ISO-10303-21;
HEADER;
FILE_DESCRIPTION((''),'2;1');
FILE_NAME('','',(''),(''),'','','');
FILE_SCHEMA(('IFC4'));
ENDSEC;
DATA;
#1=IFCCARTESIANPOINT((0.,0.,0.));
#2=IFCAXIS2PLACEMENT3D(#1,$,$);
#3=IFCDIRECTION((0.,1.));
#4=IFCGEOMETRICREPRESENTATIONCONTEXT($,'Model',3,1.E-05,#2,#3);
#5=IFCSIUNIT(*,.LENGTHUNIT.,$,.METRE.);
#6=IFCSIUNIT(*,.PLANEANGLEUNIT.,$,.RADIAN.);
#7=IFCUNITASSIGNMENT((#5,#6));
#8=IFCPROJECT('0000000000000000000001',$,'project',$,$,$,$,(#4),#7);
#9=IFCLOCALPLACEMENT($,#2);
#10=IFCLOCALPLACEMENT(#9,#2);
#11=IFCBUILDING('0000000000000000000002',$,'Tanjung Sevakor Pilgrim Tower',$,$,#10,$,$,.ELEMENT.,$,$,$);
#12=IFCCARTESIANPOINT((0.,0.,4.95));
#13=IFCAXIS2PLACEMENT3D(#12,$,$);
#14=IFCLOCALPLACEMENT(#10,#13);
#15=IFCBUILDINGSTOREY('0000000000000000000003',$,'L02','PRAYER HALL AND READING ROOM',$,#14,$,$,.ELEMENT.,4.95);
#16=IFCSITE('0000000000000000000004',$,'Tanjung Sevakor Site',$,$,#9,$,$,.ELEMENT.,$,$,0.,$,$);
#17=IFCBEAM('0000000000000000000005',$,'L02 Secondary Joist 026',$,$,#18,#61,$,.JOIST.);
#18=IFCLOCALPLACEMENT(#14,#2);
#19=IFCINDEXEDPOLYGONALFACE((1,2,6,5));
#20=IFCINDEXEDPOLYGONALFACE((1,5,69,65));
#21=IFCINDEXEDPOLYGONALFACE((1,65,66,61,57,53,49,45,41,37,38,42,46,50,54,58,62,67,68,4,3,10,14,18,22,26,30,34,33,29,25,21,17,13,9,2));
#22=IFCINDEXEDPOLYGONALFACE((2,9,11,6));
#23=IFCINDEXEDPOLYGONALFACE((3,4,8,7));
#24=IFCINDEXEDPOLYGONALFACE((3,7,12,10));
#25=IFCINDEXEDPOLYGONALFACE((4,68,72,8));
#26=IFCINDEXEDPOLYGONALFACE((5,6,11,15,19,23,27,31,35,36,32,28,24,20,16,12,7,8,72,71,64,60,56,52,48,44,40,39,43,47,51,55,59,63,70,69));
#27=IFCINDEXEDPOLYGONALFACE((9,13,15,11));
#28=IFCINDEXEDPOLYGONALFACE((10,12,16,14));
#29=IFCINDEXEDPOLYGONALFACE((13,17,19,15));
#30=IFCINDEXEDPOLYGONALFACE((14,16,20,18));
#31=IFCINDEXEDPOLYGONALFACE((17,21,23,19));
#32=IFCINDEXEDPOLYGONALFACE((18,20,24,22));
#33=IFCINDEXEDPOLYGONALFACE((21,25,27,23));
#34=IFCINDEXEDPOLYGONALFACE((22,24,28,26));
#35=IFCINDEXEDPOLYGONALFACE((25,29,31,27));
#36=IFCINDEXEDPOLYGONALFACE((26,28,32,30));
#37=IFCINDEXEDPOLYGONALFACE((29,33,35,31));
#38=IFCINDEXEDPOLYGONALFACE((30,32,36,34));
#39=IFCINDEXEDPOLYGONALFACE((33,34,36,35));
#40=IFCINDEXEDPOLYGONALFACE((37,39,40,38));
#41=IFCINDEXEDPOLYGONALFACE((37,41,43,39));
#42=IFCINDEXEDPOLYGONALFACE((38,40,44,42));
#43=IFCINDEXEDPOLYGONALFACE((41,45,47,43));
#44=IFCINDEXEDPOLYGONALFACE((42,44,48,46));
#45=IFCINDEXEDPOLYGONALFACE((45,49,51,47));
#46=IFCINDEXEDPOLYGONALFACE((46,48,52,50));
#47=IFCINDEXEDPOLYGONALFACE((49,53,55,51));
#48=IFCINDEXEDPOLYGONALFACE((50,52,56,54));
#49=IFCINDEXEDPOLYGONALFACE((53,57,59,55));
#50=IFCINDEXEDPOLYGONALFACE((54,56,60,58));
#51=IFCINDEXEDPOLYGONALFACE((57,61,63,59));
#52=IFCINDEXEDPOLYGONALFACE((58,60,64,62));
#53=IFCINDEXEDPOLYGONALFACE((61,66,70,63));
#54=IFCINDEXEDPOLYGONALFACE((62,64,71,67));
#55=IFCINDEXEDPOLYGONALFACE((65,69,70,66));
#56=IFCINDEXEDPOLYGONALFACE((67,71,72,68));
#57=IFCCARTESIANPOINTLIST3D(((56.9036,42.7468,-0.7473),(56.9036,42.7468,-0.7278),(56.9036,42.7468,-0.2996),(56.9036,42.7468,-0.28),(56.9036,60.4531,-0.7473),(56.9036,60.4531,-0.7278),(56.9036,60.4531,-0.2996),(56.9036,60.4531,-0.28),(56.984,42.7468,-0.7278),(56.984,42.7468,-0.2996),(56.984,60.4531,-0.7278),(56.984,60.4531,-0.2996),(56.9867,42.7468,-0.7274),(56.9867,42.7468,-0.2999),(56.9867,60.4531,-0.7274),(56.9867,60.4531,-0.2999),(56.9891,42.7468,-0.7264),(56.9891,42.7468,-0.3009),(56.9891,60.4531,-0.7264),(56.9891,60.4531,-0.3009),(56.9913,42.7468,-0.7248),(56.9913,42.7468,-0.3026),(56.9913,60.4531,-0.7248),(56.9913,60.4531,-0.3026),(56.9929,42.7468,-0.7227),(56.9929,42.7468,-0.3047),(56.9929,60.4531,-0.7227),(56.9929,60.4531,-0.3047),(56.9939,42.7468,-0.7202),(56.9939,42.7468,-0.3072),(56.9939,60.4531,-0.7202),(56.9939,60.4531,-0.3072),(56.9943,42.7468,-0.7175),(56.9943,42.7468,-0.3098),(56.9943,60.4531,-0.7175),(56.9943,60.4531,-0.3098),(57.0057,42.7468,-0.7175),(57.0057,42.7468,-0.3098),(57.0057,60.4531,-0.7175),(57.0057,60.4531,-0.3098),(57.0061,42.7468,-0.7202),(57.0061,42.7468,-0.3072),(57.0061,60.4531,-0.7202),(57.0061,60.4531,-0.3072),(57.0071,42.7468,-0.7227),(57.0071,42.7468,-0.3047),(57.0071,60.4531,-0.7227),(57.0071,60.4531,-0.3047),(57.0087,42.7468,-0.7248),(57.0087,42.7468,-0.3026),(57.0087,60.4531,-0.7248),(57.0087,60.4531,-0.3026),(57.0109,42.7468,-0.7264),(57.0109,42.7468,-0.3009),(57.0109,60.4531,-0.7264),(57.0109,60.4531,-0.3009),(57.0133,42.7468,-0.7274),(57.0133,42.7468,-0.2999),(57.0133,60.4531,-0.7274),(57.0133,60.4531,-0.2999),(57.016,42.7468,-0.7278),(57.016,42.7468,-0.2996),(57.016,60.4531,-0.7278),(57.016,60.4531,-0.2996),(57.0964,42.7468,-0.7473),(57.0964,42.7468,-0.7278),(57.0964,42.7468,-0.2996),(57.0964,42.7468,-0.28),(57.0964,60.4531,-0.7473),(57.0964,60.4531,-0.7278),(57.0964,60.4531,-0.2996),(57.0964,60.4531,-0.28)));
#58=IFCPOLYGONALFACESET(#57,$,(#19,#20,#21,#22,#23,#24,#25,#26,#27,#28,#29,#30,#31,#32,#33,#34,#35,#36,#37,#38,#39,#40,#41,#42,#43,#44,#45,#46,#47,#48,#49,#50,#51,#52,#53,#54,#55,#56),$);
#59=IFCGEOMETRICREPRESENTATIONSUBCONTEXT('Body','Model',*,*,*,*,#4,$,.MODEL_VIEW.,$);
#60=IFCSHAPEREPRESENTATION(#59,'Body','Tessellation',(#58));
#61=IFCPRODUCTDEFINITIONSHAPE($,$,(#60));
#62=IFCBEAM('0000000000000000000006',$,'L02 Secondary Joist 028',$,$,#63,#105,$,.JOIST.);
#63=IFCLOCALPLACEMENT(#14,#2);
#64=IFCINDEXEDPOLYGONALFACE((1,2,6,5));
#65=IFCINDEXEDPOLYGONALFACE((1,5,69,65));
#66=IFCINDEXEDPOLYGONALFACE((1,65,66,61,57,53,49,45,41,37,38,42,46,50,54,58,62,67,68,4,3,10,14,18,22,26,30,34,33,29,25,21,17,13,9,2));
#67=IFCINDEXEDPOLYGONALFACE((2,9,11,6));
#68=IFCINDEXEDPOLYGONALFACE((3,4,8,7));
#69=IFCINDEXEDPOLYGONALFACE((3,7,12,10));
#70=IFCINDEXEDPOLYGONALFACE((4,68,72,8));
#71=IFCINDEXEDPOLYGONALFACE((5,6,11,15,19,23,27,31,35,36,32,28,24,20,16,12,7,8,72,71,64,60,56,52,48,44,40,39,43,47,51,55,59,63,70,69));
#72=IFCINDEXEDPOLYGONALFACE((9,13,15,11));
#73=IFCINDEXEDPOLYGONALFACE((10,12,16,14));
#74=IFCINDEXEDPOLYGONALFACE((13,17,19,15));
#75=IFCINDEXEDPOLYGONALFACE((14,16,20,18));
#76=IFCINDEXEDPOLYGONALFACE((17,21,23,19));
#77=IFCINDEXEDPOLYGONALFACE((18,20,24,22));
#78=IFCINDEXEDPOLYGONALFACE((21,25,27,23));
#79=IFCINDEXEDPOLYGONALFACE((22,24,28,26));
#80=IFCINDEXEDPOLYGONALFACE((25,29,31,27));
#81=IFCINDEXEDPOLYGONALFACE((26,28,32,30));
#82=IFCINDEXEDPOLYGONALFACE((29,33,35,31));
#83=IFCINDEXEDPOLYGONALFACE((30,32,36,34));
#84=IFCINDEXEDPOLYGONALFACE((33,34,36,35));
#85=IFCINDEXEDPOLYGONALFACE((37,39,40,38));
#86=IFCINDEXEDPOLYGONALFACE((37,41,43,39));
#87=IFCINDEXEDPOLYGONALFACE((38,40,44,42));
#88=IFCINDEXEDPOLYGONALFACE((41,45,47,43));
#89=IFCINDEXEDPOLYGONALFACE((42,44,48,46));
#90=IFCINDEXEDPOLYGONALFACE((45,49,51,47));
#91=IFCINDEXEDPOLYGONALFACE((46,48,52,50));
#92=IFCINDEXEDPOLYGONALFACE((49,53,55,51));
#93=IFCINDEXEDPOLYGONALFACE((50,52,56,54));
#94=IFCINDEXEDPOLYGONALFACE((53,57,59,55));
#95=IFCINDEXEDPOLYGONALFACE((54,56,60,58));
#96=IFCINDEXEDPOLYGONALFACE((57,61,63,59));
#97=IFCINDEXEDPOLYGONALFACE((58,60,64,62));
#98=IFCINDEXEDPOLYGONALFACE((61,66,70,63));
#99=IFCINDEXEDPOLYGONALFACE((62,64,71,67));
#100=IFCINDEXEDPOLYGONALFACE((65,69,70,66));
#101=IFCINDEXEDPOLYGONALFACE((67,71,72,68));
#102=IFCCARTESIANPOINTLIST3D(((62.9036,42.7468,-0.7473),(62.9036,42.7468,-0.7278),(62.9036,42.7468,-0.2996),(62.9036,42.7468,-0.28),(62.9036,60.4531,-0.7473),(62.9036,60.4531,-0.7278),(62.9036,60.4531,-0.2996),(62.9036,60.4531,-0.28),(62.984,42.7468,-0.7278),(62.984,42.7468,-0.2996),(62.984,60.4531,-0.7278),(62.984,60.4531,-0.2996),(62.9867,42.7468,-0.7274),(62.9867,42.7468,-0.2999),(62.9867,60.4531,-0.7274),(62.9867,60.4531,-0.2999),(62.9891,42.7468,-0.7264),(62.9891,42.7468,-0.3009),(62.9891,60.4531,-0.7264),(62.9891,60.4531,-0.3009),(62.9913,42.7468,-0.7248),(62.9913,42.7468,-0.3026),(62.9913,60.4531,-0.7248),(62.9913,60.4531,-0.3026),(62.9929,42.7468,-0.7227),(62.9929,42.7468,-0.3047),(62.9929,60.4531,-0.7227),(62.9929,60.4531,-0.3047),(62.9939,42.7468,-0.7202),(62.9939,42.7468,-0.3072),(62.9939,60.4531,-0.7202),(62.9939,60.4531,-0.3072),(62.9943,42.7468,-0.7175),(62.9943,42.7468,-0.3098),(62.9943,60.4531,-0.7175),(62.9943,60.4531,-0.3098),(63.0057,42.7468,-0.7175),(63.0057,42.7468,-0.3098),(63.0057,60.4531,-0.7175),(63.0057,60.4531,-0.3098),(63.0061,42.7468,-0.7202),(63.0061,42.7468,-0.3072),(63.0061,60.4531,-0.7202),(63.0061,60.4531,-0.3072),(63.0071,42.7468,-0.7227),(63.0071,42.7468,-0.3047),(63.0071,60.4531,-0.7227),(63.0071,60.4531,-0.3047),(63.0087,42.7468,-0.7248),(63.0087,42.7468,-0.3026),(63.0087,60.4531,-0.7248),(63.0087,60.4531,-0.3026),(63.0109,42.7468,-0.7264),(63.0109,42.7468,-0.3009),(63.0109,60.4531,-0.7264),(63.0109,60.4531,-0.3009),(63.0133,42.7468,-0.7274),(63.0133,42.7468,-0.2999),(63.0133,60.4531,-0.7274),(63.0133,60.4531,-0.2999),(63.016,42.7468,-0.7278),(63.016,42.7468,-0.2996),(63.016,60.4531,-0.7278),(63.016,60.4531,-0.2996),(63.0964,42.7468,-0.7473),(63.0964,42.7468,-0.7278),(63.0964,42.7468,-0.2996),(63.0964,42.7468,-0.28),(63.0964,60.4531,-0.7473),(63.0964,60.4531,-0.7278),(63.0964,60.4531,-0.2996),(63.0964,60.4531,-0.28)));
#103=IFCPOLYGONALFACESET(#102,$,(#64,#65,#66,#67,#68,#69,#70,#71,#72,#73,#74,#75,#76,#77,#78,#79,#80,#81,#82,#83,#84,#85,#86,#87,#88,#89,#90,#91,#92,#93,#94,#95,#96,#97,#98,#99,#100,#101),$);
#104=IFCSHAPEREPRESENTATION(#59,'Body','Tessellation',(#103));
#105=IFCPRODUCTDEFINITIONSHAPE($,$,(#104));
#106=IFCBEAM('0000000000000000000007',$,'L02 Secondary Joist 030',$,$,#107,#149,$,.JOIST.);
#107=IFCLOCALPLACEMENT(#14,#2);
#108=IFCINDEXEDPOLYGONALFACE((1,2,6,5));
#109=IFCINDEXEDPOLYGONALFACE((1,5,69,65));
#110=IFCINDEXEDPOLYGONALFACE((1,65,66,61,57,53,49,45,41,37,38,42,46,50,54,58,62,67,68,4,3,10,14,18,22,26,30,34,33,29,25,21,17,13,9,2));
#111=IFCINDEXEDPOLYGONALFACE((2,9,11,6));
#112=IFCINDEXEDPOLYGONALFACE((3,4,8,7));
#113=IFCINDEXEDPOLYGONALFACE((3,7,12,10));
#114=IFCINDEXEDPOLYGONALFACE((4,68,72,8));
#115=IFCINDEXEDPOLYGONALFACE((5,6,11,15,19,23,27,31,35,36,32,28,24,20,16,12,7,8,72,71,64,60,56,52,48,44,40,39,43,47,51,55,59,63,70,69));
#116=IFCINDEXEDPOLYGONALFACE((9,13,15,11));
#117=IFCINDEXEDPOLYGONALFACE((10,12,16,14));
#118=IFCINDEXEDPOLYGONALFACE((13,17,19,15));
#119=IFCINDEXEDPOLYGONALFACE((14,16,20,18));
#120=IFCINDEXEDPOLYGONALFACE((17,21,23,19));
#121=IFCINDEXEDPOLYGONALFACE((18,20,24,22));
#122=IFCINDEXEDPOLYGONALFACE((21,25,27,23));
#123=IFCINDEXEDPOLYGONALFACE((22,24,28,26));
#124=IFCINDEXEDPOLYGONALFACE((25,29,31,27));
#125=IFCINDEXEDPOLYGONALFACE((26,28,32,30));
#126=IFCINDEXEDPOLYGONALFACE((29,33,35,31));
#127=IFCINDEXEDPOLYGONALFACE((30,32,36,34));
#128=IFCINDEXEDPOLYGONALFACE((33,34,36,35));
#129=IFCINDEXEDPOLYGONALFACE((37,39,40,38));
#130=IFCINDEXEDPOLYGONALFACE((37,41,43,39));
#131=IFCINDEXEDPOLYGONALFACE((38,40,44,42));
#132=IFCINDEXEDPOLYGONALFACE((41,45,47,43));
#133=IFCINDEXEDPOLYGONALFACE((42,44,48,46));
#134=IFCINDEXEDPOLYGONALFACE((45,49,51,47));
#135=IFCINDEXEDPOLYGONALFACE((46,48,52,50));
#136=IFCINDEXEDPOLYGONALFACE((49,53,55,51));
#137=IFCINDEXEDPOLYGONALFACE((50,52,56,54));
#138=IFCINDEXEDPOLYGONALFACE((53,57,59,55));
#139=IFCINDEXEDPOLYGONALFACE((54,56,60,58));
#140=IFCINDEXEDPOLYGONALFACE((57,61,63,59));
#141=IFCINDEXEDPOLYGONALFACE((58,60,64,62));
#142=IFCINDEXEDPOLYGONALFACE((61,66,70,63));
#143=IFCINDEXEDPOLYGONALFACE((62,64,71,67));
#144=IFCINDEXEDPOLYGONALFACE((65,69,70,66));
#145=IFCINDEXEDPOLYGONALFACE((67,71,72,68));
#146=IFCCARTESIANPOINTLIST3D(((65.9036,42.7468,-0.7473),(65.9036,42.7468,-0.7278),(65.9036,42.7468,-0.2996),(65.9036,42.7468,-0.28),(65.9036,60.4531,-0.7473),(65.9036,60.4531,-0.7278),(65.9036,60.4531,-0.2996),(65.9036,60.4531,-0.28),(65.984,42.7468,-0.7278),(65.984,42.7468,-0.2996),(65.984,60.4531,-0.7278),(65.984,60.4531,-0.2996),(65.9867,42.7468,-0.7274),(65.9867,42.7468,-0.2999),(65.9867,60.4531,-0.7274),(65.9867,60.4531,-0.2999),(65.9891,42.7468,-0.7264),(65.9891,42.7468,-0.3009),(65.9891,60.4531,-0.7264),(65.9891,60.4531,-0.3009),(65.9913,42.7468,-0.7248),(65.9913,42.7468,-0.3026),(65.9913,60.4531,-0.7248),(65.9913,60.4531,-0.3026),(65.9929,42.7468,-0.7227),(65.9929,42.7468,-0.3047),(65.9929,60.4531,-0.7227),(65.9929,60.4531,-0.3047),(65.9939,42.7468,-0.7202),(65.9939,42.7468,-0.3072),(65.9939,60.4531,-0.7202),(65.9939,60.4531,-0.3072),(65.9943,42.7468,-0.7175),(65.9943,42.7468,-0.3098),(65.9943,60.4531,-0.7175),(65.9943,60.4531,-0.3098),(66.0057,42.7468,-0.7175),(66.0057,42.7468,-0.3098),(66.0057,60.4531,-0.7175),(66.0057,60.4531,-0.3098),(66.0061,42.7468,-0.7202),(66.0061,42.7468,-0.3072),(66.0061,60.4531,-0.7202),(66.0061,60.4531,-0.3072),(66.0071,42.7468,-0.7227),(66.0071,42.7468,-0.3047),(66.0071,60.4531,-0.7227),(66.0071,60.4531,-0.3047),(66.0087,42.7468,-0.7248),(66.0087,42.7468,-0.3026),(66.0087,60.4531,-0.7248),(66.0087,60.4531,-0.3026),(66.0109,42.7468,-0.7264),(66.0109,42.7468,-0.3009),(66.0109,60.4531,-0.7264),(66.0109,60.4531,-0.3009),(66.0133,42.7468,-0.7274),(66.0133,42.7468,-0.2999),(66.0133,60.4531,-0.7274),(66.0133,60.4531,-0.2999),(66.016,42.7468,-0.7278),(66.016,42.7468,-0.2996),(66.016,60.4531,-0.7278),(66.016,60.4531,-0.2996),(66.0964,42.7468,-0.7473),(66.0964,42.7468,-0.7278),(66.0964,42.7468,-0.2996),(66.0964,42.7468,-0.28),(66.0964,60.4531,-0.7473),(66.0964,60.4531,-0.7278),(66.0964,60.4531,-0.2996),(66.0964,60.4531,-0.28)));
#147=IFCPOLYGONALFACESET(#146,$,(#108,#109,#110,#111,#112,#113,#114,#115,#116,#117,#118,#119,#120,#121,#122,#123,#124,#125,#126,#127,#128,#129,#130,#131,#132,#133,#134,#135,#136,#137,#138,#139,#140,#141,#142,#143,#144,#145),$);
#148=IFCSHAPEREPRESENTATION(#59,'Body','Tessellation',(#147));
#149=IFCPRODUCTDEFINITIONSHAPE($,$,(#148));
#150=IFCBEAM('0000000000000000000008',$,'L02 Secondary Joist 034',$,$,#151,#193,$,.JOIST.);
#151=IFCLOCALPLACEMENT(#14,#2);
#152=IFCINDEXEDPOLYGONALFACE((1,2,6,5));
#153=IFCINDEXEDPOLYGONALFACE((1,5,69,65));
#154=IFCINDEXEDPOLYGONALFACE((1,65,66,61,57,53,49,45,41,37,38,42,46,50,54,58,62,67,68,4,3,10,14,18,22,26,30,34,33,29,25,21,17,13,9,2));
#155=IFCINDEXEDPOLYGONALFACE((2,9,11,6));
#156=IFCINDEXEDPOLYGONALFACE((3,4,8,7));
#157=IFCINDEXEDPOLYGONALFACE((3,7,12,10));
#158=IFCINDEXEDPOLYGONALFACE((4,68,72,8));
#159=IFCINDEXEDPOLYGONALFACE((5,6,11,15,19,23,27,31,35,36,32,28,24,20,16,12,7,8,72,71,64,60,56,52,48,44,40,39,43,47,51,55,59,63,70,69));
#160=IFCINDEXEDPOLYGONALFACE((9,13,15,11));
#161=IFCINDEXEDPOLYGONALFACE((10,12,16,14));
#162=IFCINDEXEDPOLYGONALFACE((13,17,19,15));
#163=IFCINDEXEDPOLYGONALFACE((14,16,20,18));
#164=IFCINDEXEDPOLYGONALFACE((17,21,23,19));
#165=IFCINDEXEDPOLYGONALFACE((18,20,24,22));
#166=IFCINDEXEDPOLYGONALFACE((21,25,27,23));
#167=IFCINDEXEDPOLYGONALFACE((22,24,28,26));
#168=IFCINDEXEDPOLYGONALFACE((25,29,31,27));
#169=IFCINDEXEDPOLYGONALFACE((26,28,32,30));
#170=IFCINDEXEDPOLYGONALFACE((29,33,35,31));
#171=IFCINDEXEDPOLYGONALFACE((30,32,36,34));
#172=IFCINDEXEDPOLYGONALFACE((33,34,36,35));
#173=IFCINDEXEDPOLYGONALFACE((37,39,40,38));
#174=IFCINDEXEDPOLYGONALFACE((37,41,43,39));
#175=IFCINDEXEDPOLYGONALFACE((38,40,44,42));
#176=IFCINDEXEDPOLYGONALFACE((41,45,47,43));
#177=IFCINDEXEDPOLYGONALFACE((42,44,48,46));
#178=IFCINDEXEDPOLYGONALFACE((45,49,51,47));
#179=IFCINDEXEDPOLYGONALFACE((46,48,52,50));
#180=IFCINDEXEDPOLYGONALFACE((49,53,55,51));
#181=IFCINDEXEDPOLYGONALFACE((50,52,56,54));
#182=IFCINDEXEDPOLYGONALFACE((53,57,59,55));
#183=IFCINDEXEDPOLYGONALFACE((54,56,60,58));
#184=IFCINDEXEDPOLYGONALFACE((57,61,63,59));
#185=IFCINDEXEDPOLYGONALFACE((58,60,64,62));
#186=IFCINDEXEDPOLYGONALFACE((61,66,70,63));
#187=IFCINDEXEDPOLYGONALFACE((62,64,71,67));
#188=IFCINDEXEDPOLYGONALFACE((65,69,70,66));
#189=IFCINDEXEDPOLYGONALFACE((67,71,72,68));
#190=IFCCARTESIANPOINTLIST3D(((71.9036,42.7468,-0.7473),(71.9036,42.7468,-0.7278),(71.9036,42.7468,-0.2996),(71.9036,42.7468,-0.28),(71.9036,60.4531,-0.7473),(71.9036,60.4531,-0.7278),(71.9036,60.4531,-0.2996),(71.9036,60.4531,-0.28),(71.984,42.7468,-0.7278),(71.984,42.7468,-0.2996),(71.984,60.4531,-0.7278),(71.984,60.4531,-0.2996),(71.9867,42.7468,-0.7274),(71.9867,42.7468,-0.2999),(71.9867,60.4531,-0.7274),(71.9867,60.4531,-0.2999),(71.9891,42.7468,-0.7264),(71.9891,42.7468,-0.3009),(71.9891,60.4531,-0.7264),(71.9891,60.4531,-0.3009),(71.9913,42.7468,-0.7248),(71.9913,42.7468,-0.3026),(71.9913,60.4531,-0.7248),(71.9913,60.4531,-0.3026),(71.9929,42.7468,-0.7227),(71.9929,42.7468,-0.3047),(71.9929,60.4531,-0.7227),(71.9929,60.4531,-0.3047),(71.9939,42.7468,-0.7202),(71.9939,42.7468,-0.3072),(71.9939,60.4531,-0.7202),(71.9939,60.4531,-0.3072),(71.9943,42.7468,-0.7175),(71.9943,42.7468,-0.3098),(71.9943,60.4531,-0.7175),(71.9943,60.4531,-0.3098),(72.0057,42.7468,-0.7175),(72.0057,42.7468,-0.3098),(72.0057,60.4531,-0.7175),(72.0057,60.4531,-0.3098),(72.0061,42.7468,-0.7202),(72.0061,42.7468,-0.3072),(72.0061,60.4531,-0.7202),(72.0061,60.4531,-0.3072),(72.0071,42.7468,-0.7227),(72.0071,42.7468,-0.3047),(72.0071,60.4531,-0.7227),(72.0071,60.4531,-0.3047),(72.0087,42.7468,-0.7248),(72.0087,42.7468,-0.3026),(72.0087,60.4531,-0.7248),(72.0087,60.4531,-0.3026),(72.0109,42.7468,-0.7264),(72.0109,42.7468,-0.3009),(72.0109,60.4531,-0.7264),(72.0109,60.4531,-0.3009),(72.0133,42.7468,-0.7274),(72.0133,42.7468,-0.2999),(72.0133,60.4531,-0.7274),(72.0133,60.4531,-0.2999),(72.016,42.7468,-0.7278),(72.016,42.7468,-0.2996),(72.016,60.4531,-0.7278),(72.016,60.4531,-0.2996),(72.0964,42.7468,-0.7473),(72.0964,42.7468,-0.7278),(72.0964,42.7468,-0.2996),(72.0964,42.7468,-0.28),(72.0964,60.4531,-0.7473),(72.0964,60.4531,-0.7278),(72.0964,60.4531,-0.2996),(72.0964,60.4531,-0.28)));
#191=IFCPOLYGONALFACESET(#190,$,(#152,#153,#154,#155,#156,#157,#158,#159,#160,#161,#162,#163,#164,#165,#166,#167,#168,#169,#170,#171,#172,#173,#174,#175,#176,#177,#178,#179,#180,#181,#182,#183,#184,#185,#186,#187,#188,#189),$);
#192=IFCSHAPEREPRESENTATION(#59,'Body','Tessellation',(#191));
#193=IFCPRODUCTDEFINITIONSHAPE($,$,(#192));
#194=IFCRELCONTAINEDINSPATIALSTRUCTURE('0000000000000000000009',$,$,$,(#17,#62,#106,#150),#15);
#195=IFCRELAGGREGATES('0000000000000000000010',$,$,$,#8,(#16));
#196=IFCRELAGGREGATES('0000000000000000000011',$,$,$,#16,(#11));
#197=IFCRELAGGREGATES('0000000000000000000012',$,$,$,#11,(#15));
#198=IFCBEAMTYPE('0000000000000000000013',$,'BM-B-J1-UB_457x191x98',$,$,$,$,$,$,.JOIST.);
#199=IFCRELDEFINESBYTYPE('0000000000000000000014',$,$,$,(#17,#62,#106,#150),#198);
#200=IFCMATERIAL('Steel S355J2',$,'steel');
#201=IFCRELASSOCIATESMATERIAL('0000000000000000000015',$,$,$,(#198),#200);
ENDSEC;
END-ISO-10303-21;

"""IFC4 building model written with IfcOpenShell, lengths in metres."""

from ifc_helpers import new_model, si_unit, direction, frame, origin, origin_2d, place, context, subcontext, project, spatial, i_section, extrude, material, material_profile, profile_set, type_object, element, save


model = new_model("IFC4")

# Units and contexts
model_context = context("Model", 3, precision=1e-05, world=origin(), true_north=direction((0.0, 1.0)))
body_context = subcontext(model_context, "Body", "Model", "MODEL_VIEW")
ifc_project = project(units=[si_unit("LENGTHUNIT", "METRE"), si_unit("PLANEANGLEUNIT", "RADIAN")], contexts=[model_context])

# Site, building, storey
site_placement = place(None, origin())
site = spatial("IfcSite", under=ifc_project, at=site_placement, Name="Tanjung Sevakor Site", CompositionType="ELEMENT", RefElevation=0.0)
building_placement = place(site_placement, origin())
building = spatial("IfcBuilding", under=site, at=building_placement, Name="Tanjung Sevakor Pilgrim Tower", CompositionType="ELEMENT")
storey_placement = place(building_placement, frame((0.0, 0.0, 4.95)))
storey = spatial("IfcBuildingStorey", under=building, at=storey_placement, Name="L02", Description="PRAYER HALL AND READING ROOM", CompositionType="ELEMENT", Elevation=4.95)

# Beams
ifc_material_1 = material(Name="Steel S355J2", Category="steel")
ifc_material_profile_1 = material_profile(ifc_material_1, i_section(OverallWidth=0.1929, OverallDepth=0.4673, WebThickness=0.0115, FlangeThickness=0.0195, FilletRadius=0.0103, at=origin_2d()))
ifc_profile_set_1 = profile_set([ifc_material_profile_1], Name="Steel S355J2")
beam_type_1 = type_object("IfcBeamType", Name="BM-B-J1-UB_457x191x98", PredefinedType="JOIST", material=ifc_profile_set_1)
for number, where, z_axis, x_axis, name in (
    (1, (57.0, 42.7468, -0.5137), (0.0, 1.0, 0.0), (-1.0, 0.0, 0.0), "L02 Secondary Joist 026"),
    (2, (63.0, 42.7468, -0.5137), (0.0, 1.0, 0.0), (-1.0, 0.0, 0.0), "L02 Secondary Joist 028"),
    (3, (66.0, 42.7468, -0.5137), (0.0, 1.0, 0.0), (-1.0, 0.0, 0.0), "L02 Secondary Joist 030"),
    (4, (72.0, 42.7468, -0.5137), (0.0, 1.0, 0.0), (-1.0, 0.0, 0.0), "L02 Secondary Joist 034"),
):
    element("IfcBeam", number, at=place(storey_placement, frame(where, z_axis=z_axis, x_axis=x_axis)), inside=storey, type_object=beam_type_1, Name=name, PredefinedType="JOIST", context=body_context, shape_type="SweptSolid", body=[
        extrude(i_section(OverallWidth=0.1929, OverallDepth=0.4673, WebThickness=0.0115, FlangeThickness=0.0195, FilletRadius=0.0103, at=origin_2d()), origin(), (0.0, 0.0, 1.0), 17.7063),
    ])

save(model, "model.ifc")
